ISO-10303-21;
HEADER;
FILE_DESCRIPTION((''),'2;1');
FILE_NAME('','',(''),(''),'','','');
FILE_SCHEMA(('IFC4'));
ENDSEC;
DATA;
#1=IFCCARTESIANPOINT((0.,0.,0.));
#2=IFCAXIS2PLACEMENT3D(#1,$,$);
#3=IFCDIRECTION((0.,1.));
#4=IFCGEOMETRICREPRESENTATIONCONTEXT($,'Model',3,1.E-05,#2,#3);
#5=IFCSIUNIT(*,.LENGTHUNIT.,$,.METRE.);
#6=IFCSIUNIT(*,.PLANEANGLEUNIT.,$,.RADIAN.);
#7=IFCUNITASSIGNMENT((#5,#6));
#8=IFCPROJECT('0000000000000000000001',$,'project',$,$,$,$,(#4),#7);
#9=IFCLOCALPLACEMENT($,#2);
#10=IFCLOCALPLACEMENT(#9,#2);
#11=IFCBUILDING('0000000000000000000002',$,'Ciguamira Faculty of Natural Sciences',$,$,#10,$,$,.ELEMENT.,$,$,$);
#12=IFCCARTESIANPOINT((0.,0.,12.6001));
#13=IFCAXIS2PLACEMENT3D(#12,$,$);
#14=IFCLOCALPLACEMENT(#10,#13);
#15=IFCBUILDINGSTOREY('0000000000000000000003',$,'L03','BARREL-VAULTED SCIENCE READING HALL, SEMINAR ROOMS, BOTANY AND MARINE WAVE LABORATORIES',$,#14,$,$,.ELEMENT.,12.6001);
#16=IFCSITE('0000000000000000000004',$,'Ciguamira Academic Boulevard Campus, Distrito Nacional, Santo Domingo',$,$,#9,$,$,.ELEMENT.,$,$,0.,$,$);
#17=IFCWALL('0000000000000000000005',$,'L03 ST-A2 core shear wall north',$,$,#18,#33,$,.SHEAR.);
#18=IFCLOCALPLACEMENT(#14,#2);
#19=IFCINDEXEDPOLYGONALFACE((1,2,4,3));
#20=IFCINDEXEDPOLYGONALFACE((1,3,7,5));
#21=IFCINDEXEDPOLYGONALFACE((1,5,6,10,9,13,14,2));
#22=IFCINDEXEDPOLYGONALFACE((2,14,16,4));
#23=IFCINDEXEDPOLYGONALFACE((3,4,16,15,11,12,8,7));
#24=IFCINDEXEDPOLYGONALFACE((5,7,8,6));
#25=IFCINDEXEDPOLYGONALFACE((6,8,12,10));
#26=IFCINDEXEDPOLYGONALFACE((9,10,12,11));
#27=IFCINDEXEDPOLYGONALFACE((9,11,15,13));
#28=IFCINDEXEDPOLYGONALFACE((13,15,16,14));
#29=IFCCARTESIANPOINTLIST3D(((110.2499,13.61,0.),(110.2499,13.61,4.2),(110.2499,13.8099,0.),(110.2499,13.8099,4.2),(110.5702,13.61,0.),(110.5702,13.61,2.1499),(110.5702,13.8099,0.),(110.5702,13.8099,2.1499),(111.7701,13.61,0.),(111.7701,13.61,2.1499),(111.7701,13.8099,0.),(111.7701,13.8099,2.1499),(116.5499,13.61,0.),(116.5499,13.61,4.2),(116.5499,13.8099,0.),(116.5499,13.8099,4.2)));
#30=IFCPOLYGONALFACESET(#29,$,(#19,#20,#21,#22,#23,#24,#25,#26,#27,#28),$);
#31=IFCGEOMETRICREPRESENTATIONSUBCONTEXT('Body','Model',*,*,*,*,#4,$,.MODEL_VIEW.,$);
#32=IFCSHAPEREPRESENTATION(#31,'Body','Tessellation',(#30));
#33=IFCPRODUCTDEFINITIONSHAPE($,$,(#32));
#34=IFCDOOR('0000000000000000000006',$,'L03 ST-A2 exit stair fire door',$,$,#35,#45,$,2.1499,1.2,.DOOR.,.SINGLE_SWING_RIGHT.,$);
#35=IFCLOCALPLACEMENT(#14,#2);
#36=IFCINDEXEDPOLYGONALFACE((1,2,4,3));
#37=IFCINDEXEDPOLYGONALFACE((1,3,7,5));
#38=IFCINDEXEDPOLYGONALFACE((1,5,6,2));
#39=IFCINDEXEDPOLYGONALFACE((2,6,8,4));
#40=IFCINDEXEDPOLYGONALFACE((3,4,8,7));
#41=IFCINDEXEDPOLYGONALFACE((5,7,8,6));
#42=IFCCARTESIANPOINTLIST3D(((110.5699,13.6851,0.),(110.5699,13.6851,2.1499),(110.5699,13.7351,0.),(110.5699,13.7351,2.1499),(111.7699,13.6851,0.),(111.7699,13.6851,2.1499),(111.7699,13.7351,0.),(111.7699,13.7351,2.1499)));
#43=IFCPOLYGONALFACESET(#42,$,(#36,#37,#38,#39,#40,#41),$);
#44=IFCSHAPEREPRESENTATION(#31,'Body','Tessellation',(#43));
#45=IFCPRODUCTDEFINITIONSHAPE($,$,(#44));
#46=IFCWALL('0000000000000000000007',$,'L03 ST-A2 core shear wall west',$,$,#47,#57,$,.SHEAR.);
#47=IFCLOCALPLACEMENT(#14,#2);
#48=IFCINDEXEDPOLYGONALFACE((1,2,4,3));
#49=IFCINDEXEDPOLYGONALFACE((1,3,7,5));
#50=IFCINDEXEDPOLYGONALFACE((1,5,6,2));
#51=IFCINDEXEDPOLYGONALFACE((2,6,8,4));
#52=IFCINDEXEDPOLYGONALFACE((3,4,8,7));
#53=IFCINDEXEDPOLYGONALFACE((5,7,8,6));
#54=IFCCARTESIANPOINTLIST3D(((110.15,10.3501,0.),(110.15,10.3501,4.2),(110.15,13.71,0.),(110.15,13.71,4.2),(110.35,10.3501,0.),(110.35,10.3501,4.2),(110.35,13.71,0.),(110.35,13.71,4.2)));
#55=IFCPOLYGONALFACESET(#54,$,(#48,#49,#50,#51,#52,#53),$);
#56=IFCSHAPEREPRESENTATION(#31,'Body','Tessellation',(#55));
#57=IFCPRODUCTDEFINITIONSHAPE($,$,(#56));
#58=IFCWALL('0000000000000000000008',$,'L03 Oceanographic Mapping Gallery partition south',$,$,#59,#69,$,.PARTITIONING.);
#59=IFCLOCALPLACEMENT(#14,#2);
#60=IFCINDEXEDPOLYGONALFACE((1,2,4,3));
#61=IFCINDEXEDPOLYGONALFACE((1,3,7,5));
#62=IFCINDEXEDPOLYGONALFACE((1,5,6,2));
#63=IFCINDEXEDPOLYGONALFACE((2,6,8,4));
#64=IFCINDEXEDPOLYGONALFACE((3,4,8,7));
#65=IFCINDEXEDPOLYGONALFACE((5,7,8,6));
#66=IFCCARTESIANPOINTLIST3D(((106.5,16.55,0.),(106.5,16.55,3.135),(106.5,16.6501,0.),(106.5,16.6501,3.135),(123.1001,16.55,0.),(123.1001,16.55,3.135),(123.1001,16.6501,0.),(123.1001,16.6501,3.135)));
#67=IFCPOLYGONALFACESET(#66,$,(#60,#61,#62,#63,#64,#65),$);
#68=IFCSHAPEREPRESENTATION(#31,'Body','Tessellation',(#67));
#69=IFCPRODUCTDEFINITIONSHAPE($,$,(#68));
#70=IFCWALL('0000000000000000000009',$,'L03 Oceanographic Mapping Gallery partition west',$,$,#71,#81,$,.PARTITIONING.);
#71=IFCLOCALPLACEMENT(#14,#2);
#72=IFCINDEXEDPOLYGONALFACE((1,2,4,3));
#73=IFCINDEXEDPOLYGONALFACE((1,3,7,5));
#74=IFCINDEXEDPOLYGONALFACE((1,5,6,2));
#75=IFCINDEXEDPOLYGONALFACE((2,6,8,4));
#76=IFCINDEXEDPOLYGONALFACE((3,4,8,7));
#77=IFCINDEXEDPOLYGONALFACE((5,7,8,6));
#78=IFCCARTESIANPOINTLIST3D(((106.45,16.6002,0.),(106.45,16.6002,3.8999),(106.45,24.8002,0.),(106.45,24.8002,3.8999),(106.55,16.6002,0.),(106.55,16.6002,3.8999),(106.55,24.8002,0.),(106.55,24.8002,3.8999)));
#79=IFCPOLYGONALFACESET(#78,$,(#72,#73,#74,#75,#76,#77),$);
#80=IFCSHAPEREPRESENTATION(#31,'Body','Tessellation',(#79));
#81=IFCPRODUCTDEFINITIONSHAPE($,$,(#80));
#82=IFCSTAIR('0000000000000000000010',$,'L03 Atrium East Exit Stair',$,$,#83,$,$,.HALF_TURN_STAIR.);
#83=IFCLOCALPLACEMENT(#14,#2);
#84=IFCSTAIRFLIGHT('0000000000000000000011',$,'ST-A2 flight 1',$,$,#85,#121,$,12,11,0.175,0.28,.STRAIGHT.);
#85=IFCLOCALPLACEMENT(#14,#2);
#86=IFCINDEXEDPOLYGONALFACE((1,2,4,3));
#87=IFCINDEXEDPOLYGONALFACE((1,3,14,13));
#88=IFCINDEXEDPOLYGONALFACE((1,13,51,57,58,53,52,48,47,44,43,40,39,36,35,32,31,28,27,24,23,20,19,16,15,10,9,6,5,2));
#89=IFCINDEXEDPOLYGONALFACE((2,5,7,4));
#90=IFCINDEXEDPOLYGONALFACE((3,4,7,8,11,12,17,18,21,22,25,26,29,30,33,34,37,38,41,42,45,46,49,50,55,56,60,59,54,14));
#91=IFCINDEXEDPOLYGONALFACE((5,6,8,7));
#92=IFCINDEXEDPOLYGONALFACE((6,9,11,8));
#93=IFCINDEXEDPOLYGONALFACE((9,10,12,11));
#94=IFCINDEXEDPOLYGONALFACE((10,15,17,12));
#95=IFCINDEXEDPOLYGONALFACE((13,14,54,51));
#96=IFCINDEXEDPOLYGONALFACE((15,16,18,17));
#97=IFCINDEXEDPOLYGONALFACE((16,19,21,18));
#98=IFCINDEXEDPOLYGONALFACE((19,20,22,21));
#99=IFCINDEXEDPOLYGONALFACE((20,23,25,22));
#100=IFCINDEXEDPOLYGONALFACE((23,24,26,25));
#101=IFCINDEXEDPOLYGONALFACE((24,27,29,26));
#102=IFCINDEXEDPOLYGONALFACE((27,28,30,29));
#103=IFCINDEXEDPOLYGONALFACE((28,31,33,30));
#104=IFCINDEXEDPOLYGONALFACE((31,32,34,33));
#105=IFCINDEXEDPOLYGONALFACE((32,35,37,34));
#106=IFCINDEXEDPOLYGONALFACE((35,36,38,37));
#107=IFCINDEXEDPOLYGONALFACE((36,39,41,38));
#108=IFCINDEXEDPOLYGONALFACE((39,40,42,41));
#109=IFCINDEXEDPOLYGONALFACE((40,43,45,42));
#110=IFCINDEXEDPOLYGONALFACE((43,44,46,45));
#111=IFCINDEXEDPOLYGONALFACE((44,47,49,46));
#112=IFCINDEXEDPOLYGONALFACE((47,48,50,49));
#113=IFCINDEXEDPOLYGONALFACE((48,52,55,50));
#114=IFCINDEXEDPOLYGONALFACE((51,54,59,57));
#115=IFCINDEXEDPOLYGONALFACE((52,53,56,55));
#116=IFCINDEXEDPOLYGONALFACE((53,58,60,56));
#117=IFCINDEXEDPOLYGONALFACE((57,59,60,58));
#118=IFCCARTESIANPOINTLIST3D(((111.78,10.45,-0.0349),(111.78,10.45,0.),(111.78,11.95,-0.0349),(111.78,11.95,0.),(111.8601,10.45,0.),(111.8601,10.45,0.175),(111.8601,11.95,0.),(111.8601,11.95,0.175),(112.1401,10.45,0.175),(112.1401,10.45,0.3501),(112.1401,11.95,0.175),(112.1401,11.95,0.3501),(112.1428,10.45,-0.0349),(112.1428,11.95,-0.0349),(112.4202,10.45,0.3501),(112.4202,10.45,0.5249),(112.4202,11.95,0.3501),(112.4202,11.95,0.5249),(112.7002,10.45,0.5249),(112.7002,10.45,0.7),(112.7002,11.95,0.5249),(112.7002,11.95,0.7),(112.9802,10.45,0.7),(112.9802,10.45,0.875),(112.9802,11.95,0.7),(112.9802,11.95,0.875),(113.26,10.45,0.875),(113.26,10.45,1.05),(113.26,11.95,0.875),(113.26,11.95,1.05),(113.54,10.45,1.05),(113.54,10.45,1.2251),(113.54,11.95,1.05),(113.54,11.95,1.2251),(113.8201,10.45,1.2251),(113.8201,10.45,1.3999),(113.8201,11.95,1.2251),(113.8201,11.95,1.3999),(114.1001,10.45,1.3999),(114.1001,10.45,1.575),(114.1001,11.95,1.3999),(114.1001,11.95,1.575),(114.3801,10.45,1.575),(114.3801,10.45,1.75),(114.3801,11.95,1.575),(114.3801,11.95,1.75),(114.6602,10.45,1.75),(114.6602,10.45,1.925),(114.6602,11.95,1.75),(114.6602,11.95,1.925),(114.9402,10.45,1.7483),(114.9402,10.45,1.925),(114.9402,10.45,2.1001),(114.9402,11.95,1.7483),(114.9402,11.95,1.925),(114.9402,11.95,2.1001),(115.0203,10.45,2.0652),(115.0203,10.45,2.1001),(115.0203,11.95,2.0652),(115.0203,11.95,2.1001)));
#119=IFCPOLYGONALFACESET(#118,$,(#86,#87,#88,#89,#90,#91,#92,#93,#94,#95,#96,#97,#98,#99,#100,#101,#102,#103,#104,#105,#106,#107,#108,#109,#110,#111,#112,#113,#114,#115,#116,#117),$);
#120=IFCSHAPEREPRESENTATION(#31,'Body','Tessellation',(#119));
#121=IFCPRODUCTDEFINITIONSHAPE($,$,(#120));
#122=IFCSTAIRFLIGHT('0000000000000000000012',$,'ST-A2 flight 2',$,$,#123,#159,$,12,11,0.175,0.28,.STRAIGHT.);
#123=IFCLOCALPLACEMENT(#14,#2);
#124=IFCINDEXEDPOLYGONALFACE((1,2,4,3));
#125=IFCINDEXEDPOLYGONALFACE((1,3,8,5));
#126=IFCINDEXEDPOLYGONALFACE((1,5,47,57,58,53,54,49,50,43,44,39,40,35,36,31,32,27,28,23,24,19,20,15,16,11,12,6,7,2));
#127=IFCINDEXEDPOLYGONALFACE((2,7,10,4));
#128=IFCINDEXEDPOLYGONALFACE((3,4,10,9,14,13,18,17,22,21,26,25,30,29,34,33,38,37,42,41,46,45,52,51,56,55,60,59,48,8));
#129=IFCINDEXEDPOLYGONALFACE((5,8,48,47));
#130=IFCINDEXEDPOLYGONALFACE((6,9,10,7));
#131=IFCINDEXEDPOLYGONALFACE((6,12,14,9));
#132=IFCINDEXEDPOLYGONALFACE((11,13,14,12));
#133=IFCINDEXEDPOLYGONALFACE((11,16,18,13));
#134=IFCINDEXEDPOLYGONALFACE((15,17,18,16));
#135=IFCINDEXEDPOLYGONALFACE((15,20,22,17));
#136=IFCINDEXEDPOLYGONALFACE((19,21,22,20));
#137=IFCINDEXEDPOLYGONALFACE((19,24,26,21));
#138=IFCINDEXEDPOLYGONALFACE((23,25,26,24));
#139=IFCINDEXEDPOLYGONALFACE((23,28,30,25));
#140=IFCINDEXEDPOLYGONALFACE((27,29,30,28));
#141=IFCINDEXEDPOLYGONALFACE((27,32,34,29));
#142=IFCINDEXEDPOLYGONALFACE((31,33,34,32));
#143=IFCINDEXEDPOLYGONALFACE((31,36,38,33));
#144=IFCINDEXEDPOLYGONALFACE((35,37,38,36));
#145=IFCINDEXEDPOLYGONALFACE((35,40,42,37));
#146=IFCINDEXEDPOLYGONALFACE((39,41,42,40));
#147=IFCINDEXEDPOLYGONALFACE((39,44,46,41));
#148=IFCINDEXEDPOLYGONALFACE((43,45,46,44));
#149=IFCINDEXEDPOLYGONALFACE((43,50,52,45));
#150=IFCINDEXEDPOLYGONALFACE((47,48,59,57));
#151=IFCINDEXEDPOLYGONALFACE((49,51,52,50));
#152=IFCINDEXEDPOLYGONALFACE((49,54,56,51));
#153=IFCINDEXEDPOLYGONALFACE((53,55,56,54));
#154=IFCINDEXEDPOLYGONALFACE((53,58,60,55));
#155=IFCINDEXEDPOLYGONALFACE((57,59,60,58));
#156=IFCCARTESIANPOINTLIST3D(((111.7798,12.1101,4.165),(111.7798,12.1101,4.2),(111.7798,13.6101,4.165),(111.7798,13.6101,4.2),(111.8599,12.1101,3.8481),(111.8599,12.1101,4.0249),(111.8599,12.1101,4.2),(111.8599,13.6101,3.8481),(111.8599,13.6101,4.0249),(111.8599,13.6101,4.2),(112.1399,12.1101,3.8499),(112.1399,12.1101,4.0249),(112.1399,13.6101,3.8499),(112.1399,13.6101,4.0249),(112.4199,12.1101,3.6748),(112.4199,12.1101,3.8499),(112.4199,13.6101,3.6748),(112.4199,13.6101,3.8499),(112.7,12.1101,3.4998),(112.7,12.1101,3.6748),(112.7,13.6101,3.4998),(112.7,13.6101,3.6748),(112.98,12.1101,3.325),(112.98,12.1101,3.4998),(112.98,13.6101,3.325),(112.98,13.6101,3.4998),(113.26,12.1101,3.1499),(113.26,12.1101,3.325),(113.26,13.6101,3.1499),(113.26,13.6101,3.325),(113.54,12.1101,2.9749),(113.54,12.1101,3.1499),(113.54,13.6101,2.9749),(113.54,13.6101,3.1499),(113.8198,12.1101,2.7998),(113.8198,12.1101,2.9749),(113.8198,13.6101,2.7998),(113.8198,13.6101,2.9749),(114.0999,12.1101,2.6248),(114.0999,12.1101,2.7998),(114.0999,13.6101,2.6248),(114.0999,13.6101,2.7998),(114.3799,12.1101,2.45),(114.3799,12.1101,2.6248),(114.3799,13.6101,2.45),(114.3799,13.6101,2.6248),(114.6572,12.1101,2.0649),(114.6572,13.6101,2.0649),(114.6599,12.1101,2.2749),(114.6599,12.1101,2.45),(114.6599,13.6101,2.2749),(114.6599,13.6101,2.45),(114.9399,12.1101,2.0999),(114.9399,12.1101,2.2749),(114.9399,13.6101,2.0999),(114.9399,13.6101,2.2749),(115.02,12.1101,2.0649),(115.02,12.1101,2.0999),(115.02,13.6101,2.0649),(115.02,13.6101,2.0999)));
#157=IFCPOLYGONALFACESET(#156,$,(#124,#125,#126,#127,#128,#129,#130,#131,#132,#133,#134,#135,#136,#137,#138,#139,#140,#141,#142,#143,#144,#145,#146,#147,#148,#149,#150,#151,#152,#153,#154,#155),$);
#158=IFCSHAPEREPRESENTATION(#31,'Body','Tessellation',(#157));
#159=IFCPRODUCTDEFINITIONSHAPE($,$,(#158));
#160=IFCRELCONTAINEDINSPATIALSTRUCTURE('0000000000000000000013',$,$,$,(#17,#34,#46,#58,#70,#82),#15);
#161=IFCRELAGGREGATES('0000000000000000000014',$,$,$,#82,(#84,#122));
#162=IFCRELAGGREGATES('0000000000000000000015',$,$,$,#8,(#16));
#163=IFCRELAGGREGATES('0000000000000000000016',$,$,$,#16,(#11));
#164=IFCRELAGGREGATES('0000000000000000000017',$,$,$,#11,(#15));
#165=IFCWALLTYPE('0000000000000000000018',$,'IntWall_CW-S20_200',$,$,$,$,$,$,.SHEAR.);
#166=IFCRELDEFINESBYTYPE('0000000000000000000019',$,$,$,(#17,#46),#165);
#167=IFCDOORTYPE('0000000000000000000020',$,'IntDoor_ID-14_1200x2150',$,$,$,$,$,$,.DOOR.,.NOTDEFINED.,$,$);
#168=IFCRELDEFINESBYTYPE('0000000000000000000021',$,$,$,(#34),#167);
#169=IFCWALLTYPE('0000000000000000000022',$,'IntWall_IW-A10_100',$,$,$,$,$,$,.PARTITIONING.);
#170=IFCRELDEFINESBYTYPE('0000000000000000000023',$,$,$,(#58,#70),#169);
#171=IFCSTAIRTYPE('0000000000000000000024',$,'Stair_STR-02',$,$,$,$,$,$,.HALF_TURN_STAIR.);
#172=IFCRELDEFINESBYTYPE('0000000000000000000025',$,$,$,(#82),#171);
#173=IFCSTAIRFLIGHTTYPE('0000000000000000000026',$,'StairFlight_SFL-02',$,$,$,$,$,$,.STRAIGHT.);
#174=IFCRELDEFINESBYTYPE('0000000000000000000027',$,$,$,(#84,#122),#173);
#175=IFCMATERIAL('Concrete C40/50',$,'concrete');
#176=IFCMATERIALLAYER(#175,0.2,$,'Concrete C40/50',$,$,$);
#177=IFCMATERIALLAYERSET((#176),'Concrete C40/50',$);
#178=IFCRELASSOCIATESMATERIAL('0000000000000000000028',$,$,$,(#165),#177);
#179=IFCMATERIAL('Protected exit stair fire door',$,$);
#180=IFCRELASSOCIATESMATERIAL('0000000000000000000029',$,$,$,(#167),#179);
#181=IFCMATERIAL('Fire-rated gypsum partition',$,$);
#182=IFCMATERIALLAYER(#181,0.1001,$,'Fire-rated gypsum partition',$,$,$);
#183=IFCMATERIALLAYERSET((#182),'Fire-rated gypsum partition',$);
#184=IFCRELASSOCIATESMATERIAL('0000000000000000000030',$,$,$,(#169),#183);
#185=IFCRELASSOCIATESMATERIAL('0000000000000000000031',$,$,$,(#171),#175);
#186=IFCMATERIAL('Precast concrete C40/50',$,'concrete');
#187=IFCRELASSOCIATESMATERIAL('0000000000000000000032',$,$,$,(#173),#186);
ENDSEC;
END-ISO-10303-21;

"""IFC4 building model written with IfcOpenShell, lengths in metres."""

from ifc_helpers import new_model, si_unit, direction, frame, frame_2d, origin, place, context, subcontext, project, spatial, polyline, rectangle, outline, extrude, material, layer, layer_set, type_object, element, fill, aggregate, save


model = new_model("IFC4")

# Units and contexts
model_context = context("Model", 3, precision=1e-05, world=origin(), true_north=direction((0.0, 1.0)))
body_context = subcontext(model_context, "Body", "Model", "MODEL_VIEW")
ifc_project = project(units=[si_unit("LENGTHUNIT", "METRE"), si_unit("PLANEANGLEUNIT", "RADIAN")], contexts=[model_context])

# Site, building, storey
site_placement = place(None, origin())
site = spatial("IfcSite", under=ifc_project, at=site_placement, Name="Ciguamira Academic Boulevard Campus, Distrito Nacional, Santo Domingo", CompositionType="ELEMENT", RefElevation=0.0)
building_placement = place(site_placement, origin())
building = spatial("IfcBuilding", under=site, at=building_placement, Name="Ciguamira Faculty of Natural Sciences", CompositionType="ELEMENT")
storey_placement = place(building_placement, frame((0.0, 0.0, 12.6001)))
storey = spatial("IfcBuildingStorey", under=building, at=storey_placement, Name="L03", Description="BARREL-VAULTED SCIENCE READING HALL, SEMINAR ROOMS, BOTANY AND MARINE WAVE LABORATORIES", CompositionType="ELEMENT", Elevation=12.6001)

# Shared definitions
ifc_material_1 = material(Name="Concrete C40/50", Category="concrete")

# Shared definitions
ifc_layer_1 = layer(ifc_material_1, 0.2, Name="Concrete C40/50")
ifc_layer_set_1 = layer_set([ifc_layer_1], Name="Concrete C40/50")
wall_type_1 = type_object("IfcWallType", Name="IntWall_CW-S20_200", PredefinedType="SHEAR", material=ifc_layer_set_1)

# Wall, opening, door
wall_1_placement = place(storey_placement, frame((110.25, 13.71, 0.0), z_axis=(0.0, 0.0, 1.0), x_axis=(1.0, 0.0, 0.0)))
wall_1 = element("IfcWall", 1, at=wall_1_placement, inside=storey, type_object=wall_type_1, Name="L03 ST-A2 core shear wall north", PredefinedType="SHEAR", context=body_context, shape_type="SweptSolid", body=[
    extrude(rectangle(XDim=6.3, YDim=0.2, at=frame_2d((3.1499, 0.0))), origin(), (0.0, 0.0, 1.0), 4.2),
])
opening_placement = place(wall_1_placement, frame((0.3201, 0.0, 0.0)))
opening = element("IfcOpeningElement", 2, at=opening_placement, cuts=wall_1, PredefinedType="OPENING", context=body_context, shape_type="SweptSolid", body=[
    extrude(rectangle(XDim=1.2, YDim=2.1499, at=frame_2d((0.6001, 1.075))), frame((0.0, 0.1099, 0.0), z_axis=(0.0, -1.0, 0.0), x_axis=(1.0, 0.0, 0.0)), (0.0, 0.0, 1.0), 0.22),
])
ifc_material_2 = material(Name="Protected exit stair fire door")
door_type = type_object("IfcDoorType", Name="IntDoor_ID-14_1200x2150", OperationType="NOTDEFINED", PredefinedType="DOOR", material=ifc_material_2)
door_placement = place(opening_placement, frame((1.2, 0.0, 0.0), z_axis=(0.0, 0.0, 1.0), x_axis=(-1.0, 0.0, 0.0)))
door = element("IfcDoor", 3, at=door_placement, inside=storey, type_object=door_type, Name="L03 ST-A2 exit stair fire door", OperationType="SINGLE_SWING_RIGHT", OverallHeight=2.1499, OverallWidth=1.2, PredefinedType="DOOR", context=body_context, shape_type="SweptSolid", body=[
    extrude(rectangle(XDim=1.2, YDim=2.1499, at=frame_2d((0.6001, 1.075))), frame((0.0, 0.0249, 0.0), z_axis=(0.0, -1.0, 0.0), x_axis=(1.0, 0.0, 0.0)), (0.0, 0.0, 1.0), 0.05),
])
fill(opening, door)

# Walls
wall_2_placement = place(storey_placement, frame((110.25, 10.3501, 0.0), z_axis=(0.0, 0.0, 1.0), x_axis=(0.0, 1.0, 0.0)))
element("IfcWall", 4, at=wall_2_placement, inside=storey, type_object=wall_type_1, Name="L03 ST-A2 core shear wall west", PredefinedType="SHEAR", context=body_context, shape_type="SweptSolid", body=[
    extrude(rectangle(XDim=3.3599, YDim=0.2, at=frame_2d((1.6799, 0.0))), origin(), (0.0, 0.0, 1.0), 4.2),
])
ifc_material_3 = material(Name="Fire-rated gypsum partition")
ifc_layer_2 = layer(ifc_material_3, 0.1001, Name="Fire-rated gypsum partition")
ifc_layer_set_2 = layer_set([ifc_layer_2], Name="Fire-rated gypsum partition")
wall_type_2 = type_object("IfcWallType", Name="IntWall_IW-A10_100", PredefinedType="PARTITIONING", material=ifc_layer_set_2)
wall_3_placement = place(storey_placement, frame((106.5, 16.6001, 0.0), z_axis=(0.0, 0.0, 1.0), x_axis=(1.0, 0.0, 0.0)))
element("IfcWall", 5, at=wall_3_placement, inside=storey, type_object=wall_type_2, Name="L03 Oceanographic Mapping Gallery partition south", PredefinedType="PARTITIONING", context=body_context, shape_type="SweptSolid", body=[
    extrude(rectangle(XDim=16.6001, YDim=0.1001, at=frame_2d((8.3, 0.0))), origin(), (0.0, 0.0, 1.0), 3.135),
])
wall_4_placement = place(storey_placement, frame((106.5, 16.6001, 0.0), z_axis=(0.0, 0.0, 1.0), x_axis=(0.0, 1.0, 0.0)))
element("IfcWall", 6, at=wall_4_placement, inside=storey, type_object=wall_type_2, Name="L03 Oceanographic Mapping Gallery partition west", PredefinedType="PARTITIONING", context=body_context, shape_type="SweptSolid", body=[
    extrude(rectangle(XDim=8.2, YDim=0.1001, at=frame_2d((4.1001, 0.0))), origin(), (0.0, 0.0, 1.0), 3.8999),
])

# Stair, stair flights
stair_type = type_object("IfcStairType", Name="Stair_STR-02", PredefinedType="HALF_TURN_STAIR", material=ifc_material_1)
stair_placement = place(storey_placement, origin())
stair = element("IfcStair", 7, at=stair_placement, inside=storey, type_object=stair_type, Name="L03 Atrium East Exit Stair", PredefinedType="HALF_TURN_STAIR")
ifc_material_4 = material(Name="Precast concrete C40/50", Category="concrete")
stair_flight_type = type_object("IfcStairFlightType", Name="StairFlight_SFL-02", PredefinedType="STRAIGHT", material=ifc_material_4)
stair_flight_1_placement = place(storey_placement, frame((111.8601, 11.2, 0.0), z_axis=(0.0, 0.0, 1.0), x_axis=(1.0, 0.0, 0.0)))
stair_flight_1 = element("IfcStairFlight", 8, at=stair_flight_1_placement, type_object=stair_flight_type, Name="ST-A2 flight 1", NumberOfRisers=12, NumberOfTreads=11, PredefinedType="STRAIGHT", RiserHeight=0.175, TreadLength=0.28, context=body_context, shape_type="SweptSolid", body=[
    extrude(outline(polyline([(-0.0801, -0.0349), (-0.0801, 0.0), (0.0, 0.0), (0.0, 0.175), (0.28, 0.175), (0.28, 0.3501), (0.5601, 0.3501), (0.5601, 0.5249), (0.8401, 0.5249), (0.8401, 0.7), (1.1201, 0.7), (1.1201, 0.875), (1.3999, 0.875), (1.3999, 1.05), (1.6799, 1.05), (1.6799, 1.2251), (1.96, 1.2251), (1.96, 1.3999), (2.24, 1.3999), (2.24, 1.575), (2.52, 1.575), (2.52, 1.75), (2.8, 1.75), (2.8, 1.925), (3.0801, 1.925), (3.0801, 2.1001), (3.1602, 2.1001), (3.1602, 2.0652), (3.0801, 1.7483), (0.2827, -0.0349), (-0.0801, -0.0349)])), frame((0.0, 0.75, 0.0), z_axis=(0.0, -1.0, 0.0), x_axis=(1.0, 0.0, 0.0)), (0.0, 0.0, 1.0), 1.5),
])
stair_flight_2_placement = place(storey_placement, frame((114.9399, 12.8601, 2.0999), z_axis=(0.0, 0.0, 1.0), x_axis=(-1.0, 0.0, 0.0)))
stair_flight_2 = element("IfcStairFlight", 9, at=stair_flight_2_placement, type_object=stair_flight_type, Name="ST-A2 flight 2", NumberOfRisers=12, NumberOfTreads=11, PredefinedType="STRAIGHT", RiserHeight=0.175, TreadLength=0.28, context=body_context, shape_type="SweptSolid", body=[
    extrude(outline(polyline([(-0.0801, -0.0349), (-0.0801, 0.0), (0.0, 0.0), (0.0, 0.175), (0.28, 0.175), (0.28, 0.3501), (0.5601, 0.3501), (0.5601, 0.5249), (0.8401, 0.5249), (0.8401, 0.7), (1.1201, 0.7), (1.1201, 0.875), (1.3999, 0.875), (1.3999, 1.05), (1.6799, 1.05), (1.6799, 1.2251), (1.96, 1.2251), (1.96, 1.3999), (2.24, 1.3999), (2.24, 1.575), (2.52, 1.575), (2.52, 1.75), (2.8, 1.75), (2.8, 1.925), (3.0801, 1.925), (3.0801, 2.1001), (3.1602, 2.1001), (3.1602, 2.0652), (3.0801, 1.7483), (0.2827, -0.0349), (-0.0801, -0.0349)])), frame((0.0, 0.75, 0.0), z_axis=(0.0, -1.0, 0.0), x_axis=(1.0, 0.0, 0.0)), (0.0, 0.0, 1.0), 1.5),
])
aggregate(stair, [stair_flight_1, stair_flight_2])

save(model, "model.ifc")
